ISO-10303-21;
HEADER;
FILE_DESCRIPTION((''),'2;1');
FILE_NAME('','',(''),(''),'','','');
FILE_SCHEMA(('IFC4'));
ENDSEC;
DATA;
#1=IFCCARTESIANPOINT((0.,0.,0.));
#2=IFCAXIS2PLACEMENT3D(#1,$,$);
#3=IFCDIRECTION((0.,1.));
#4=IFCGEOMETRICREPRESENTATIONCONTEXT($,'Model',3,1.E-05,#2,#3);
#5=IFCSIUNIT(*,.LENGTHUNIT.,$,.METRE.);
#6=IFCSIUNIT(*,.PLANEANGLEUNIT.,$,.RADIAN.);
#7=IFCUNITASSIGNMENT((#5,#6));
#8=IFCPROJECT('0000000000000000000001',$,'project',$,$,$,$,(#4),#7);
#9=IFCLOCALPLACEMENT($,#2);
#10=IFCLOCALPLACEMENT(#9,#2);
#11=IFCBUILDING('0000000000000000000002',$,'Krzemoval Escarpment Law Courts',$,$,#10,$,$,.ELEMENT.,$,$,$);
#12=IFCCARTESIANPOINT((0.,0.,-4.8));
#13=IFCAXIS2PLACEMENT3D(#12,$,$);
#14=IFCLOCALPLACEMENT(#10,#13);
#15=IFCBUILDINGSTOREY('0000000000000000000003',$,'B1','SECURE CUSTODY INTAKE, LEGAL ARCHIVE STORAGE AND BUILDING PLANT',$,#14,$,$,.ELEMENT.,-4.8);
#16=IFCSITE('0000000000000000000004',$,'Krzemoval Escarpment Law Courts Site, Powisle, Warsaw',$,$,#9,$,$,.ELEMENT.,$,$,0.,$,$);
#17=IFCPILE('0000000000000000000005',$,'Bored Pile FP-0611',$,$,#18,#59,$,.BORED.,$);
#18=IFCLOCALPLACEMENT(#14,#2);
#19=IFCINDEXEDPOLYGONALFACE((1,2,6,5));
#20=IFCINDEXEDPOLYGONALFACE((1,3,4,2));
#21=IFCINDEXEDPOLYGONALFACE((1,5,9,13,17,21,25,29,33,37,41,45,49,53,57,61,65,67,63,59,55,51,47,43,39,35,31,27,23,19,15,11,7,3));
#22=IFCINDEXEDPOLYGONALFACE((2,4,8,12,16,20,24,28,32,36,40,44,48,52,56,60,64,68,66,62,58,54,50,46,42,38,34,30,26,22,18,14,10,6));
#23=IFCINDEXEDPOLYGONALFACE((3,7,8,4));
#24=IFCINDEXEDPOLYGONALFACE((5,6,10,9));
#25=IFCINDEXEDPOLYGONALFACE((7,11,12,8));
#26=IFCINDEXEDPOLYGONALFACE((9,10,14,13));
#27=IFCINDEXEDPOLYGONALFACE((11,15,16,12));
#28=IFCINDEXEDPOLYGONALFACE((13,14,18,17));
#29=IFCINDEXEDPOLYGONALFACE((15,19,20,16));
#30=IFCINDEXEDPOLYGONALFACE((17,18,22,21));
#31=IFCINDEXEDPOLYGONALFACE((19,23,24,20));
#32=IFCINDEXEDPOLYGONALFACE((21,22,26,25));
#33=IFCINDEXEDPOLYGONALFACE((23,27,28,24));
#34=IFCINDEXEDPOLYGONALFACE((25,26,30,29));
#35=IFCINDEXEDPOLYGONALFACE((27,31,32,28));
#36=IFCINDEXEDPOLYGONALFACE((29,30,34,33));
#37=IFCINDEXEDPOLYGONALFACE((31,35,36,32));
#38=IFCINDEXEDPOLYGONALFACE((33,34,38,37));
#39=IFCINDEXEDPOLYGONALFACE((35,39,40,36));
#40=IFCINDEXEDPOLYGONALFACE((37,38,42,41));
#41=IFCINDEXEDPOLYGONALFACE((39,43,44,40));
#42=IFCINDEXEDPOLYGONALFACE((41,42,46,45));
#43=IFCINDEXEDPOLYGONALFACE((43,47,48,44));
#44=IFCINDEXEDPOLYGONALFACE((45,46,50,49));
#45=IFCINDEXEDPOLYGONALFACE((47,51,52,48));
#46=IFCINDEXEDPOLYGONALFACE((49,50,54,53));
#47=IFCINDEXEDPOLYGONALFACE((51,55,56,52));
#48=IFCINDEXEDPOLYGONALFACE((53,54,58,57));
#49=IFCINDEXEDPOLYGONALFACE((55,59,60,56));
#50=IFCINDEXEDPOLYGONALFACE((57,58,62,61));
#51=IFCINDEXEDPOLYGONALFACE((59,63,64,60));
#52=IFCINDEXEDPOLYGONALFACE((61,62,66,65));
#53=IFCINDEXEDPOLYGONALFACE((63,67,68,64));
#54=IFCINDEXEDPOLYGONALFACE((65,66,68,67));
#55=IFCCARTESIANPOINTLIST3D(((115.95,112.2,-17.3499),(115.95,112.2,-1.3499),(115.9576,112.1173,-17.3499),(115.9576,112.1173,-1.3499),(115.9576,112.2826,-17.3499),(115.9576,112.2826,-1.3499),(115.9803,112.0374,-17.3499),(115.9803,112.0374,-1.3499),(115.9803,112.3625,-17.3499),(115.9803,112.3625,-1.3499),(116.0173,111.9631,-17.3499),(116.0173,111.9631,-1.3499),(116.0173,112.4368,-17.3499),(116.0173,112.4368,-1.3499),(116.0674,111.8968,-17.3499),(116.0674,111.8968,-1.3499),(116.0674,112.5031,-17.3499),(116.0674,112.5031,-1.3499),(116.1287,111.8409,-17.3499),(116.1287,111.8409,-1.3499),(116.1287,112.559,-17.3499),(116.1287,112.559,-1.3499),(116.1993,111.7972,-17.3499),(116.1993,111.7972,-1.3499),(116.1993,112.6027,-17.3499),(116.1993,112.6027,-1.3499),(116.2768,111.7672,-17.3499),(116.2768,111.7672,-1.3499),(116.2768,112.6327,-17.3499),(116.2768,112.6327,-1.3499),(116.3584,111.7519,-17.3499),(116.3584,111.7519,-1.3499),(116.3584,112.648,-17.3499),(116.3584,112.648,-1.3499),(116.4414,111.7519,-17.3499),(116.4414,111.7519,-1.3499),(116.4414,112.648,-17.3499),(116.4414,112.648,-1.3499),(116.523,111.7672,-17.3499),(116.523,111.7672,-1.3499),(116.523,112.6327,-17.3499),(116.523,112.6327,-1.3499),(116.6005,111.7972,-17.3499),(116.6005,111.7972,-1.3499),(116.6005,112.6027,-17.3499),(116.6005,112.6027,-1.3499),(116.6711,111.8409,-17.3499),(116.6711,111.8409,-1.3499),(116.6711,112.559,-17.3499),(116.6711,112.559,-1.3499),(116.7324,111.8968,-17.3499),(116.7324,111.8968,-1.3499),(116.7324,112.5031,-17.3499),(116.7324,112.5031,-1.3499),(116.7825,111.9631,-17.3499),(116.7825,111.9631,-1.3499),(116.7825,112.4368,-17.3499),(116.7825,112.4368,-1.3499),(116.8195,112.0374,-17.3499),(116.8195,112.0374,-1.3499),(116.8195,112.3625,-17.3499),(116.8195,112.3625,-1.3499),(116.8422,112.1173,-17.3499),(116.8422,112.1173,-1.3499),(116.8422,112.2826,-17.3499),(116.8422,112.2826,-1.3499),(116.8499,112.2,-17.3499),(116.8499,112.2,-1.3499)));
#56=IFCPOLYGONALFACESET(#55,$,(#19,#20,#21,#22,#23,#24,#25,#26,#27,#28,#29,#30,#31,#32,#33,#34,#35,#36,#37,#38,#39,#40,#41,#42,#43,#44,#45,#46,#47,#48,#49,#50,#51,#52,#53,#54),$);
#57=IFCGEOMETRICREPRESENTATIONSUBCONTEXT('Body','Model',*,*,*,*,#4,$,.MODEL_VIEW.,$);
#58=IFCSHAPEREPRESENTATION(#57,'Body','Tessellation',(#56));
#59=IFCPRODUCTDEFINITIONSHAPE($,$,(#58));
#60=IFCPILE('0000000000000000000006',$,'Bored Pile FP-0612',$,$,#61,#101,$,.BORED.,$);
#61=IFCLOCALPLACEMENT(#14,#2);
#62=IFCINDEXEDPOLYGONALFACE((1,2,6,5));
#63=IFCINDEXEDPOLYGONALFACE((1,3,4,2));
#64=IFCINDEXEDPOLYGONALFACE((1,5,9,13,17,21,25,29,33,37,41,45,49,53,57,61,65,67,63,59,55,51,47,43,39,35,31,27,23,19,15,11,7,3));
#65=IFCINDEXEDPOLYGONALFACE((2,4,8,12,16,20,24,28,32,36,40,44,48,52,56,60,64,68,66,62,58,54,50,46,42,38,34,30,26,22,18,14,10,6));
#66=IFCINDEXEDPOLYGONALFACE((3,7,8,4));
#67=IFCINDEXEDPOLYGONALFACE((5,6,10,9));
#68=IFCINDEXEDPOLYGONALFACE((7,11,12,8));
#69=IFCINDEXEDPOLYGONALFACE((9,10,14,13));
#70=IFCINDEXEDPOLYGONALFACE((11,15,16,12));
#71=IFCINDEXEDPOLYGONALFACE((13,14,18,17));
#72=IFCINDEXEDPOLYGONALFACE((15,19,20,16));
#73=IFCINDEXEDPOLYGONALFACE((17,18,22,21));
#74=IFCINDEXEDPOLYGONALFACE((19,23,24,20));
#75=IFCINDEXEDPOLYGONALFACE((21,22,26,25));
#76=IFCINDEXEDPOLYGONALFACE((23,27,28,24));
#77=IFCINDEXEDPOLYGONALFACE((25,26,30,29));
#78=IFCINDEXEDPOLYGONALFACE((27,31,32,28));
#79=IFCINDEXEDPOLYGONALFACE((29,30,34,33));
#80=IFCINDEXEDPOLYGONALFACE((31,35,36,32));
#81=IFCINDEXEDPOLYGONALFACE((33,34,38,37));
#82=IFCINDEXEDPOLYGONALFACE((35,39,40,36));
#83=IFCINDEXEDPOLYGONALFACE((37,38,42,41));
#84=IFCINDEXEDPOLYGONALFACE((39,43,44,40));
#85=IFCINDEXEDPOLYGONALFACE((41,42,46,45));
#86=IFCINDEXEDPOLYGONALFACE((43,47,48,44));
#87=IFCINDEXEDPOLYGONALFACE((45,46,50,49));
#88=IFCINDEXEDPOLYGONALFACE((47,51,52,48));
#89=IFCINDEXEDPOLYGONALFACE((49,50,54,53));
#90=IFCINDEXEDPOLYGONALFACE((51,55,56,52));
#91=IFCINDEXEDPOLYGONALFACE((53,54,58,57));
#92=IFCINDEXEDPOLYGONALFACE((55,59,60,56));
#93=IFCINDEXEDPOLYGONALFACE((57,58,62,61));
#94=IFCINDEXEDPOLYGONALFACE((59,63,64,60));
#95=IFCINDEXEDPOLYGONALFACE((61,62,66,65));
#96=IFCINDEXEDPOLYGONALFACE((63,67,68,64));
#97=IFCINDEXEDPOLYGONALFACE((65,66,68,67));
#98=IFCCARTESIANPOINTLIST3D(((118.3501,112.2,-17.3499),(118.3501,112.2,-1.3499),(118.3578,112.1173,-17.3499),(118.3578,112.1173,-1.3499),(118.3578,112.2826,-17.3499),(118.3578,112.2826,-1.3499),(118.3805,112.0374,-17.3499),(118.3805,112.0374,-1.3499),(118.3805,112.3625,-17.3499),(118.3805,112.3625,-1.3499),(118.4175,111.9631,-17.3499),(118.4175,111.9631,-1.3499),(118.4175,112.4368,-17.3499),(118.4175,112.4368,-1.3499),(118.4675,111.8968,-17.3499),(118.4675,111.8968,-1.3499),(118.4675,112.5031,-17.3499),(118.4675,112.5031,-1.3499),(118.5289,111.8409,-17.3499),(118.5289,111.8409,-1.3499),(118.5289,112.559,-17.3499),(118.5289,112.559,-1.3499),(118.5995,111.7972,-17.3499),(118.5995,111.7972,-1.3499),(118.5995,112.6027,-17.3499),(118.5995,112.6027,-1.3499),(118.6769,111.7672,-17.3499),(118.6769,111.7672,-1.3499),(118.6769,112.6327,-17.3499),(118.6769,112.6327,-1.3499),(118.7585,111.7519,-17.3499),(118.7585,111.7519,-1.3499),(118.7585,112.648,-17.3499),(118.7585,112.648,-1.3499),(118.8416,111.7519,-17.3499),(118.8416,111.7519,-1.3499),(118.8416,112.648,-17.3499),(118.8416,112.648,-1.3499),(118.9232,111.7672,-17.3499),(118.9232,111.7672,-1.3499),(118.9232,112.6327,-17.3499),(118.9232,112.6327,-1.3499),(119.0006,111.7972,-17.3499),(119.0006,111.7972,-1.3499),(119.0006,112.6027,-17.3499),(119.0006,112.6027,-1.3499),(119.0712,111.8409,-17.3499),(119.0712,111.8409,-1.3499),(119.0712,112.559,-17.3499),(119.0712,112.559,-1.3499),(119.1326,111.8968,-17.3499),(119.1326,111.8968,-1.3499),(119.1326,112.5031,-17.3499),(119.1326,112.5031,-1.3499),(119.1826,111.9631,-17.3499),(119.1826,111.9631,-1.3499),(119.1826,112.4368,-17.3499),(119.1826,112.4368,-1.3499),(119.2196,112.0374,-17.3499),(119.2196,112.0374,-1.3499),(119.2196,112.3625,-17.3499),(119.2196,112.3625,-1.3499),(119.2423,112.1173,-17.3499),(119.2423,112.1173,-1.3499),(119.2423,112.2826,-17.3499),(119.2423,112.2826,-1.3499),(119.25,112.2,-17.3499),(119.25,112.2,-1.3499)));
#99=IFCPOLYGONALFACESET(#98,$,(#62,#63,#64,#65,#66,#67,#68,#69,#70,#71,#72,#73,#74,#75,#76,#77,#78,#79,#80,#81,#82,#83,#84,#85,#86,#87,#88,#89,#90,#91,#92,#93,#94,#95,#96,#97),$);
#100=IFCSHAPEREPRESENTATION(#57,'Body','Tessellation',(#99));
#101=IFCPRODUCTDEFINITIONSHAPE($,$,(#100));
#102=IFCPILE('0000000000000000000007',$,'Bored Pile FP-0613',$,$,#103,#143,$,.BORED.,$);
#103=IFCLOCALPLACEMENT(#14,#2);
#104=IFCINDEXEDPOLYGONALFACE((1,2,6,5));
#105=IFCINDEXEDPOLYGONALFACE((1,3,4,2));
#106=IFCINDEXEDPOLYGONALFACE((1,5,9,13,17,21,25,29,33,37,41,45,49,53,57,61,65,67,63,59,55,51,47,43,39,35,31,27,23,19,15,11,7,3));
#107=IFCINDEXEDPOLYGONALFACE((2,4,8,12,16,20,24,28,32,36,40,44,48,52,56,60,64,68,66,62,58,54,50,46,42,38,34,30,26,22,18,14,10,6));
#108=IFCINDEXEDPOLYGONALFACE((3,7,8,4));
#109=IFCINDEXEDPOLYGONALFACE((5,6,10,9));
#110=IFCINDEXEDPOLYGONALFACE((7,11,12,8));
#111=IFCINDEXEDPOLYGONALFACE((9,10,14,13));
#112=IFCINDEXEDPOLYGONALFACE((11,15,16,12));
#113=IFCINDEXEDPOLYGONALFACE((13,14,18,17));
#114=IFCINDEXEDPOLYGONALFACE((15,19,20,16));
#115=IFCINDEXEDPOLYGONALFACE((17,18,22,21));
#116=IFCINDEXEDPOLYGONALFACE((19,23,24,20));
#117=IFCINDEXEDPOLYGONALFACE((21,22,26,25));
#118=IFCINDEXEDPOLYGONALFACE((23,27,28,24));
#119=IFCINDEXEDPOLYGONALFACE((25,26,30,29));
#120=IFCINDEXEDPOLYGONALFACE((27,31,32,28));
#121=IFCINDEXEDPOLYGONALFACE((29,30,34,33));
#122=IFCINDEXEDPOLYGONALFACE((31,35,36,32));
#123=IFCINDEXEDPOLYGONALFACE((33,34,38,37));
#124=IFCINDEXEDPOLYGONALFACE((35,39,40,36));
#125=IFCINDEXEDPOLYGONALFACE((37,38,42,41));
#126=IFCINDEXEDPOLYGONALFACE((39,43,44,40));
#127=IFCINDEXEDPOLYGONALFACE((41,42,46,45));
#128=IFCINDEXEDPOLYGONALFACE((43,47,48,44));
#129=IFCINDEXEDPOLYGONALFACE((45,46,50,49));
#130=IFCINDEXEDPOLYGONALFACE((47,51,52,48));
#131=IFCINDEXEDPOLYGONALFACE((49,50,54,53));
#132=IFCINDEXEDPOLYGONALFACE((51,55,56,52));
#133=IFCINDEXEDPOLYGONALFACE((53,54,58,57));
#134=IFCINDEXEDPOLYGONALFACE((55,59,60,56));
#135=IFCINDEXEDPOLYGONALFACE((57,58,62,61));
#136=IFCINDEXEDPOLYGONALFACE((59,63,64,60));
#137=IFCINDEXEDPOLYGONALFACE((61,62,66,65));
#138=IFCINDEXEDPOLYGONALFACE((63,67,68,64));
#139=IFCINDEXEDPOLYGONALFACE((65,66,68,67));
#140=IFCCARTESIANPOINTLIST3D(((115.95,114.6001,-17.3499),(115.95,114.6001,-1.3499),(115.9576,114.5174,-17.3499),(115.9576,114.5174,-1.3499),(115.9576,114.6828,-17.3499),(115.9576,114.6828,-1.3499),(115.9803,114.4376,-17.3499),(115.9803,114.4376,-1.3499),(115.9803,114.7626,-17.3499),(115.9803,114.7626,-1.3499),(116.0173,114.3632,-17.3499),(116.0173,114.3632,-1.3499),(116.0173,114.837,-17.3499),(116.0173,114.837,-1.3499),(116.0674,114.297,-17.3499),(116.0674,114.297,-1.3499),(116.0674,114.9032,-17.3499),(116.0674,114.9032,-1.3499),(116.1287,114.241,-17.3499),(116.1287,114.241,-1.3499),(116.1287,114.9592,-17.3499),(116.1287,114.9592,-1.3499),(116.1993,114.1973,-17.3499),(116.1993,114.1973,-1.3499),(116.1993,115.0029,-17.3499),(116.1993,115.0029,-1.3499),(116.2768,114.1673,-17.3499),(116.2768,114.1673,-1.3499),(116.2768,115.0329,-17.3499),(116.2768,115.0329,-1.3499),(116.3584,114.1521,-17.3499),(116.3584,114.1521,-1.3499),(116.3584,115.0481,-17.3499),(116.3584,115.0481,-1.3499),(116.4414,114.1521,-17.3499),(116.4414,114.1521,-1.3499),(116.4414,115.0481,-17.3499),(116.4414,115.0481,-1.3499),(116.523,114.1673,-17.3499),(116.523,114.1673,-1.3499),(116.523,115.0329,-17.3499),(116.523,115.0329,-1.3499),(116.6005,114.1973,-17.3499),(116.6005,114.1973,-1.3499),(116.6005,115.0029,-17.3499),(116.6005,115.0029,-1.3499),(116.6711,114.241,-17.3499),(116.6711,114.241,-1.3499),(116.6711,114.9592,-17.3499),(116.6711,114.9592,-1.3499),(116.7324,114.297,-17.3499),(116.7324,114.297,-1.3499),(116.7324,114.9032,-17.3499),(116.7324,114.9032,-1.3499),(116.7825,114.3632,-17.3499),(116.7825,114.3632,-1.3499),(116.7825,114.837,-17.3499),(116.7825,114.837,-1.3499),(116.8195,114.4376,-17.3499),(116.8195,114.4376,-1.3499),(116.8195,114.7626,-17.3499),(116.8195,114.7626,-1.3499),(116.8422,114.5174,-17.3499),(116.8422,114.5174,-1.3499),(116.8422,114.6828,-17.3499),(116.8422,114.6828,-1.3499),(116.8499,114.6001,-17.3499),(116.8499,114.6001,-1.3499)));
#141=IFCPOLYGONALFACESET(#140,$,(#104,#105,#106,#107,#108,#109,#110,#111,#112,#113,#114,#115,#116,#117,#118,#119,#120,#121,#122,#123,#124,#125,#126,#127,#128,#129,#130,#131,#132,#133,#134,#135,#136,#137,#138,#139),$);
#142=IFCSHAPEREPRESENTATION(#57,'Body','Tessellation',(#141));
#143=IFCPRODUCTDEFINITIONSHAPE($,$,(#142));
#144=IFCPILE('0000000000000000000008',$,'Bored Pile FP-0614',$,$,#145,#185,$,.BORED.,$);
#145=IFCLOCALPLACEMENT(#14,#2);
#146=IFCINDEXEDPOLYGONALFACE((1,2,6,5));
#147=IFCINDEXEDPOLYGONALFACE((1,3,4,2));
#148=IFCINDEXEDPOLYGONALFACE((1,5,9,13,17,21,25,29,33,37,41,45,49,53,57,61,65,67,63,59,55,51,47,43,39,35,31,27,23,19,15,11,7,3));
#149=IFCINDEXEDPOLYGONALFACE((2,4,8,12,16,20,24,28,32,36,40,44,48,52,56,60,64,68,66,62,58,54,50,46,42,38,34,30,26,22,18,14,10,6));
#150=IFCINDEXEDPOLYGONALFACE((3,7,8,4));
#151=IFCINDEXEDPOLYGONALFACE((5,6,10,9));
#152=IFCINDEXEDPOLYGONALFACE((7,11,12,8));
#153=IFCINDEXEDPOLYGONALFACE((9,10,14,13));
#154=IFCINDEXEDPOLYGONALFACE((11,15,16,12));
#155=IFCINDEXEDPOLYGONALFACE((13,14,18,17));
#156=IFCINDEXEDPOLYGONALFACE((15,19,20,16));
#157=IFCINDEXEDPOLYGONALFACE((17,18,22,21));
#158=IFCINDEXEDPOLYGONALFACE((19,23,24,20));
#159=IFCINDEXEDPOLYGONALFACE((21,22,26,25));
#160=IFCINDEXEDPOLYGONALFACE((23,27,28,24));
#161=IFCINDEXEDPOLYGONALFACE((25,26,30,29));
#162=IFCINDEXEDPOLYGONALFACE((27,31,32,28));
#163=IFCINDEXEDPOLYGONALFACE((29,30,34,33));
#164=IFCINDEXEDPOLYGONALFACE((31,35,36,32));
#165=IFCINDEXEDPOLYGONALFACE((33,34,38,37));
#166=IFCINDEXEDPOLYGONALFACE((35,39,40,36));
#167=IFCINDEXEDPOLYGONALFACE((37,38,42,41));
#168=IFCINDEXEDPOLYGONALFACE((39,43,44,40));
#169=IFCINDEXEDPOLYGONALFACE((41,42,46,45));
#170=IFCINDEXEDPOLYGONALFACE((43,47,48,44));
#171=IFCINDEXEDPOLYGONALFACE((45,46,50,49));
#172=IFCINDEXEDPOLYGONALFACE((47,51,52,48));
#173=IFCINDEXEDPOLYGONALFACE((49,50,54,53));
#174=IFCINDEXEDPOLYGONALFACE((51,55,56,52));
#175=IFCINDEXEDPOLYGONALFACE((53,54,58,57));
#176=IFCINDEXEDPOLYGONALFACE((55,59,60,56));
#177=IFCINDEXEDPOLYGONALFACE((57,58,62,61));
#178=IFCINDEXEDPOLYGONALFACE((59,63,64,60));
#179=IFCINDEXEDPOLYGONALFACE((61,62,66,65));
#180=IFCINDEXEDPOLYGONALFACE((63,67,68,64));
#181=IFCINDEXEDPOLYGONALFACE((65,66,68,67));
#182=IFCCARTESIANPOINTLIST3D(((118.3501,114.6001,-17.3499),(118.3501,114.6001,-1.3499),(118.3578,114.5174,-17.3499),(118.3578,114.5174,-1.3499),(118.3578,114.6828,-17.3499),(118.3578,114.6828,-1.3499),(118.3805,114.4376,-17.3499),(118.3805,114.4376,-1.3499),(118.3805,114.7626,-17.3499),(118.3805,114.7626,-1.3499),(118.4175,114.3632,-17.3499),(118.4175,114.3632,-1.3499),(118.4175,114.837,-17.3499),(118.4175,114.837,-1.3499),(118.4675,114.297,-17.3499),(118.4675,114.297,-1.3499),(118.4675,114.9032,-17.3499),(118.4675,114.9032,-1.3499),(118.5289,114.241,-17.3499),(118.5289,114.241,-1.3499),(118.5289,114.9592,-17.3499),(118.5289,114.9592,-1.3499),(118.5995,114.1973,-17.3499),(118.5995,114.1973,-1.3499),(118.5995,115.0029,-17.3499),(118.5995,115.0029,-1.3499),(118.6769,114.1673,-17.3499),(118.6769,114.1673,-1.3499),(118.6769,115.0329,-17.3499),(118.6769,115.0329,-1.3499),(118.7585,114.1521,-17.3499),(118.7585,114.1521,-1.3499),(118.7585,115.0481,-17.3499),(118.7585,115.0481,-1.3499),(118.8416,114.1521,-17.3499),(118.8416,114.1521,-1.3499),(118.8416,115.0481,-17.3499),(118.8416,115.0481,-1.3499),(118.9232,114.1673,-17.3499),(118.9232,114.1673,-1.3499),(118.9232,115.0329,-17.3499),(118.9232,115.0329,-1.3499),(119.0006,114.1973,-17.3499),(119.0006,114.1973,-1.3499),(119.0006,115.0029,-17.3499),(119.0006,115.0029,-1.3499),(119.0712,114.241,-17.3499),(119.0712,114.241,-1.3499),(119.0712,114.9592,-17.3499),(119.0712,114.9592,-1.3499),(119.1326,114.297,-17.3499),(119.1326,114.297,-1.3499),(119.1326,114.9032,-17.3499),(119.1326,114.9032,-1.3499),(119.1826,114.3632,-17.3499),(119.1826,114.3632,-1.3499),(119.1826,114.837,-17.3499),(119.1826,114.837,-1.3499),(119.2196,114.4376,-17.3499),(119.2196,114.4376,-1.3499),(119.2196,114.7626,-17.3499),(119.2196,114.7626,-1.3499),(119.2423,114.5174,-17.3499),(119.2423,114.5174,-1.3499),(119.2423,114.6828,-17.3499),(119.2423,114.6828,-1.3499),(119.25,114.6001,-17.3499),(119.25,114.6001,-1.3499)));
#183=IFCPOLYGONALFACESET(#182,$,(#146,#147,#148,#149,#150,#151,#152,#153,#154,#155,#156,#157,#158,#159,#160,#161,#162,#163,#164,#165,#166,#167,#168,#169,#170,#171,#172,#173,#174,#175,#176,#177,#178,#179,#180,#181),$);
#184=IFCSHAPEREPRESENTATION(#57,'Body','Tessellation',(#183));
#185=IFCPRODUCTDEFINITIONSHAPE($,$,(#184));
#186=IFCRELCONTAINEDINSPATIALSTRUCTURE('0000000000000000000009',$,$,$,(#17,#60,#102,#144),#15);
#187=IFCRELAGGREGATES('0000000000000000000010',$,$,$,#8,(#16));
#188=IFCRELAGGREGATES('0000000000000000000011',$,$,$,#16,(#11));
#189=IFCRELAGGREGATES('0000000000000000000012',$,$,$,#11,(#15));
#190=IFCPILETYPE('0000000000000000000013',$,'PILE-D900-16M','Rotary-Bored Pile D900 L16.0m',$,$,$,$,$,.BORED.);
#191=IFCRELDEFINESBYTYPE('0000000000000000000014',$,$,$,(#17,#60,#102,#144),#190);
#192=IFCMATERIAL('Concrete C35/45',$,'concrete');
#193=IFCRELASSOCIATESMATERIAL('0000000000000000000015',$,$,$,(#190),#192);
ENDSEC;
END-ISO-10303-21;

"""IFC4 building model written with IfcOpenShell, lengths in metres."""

from ifc_helpers import new_model, si_unit, direction, frame, origin, origin_2d, place, context, subcontext, project, spatial, circle, extrude, material, material_profile, profile_set, type_object, element, save


model = new_model("IFC4")

# Units and contexts
model_context = context("Model", 3, precision=1e-05, world=origin(), true_north=direction((0.0, 1.0)))
body_context = subcontext(model_context, "Body", "Model", "MODEL_VIEW")
ifc_project = project(units=[si_unit("LENGTHUNIT", "METRE"), si_unit("PLANEANGLEUNIT", "RADIAN")], contexts=[model_context])

# Site, building, storey
site_placement = place(None, origin())
site = spatial("IfcSite", under=ifc_project, at=site_placement, Name="Krzemoval Escarpment Law Courts Site, Powisle, Warsaw", CompositionType="ELEMENT", RefElevation=0.0)
building_placement = place(site_placement, origin())
building = spatial("IfcBuilding", under=site, at=building_placement, Name="Krzemoval Escarpment Law Courts", CompositionType="ELEMENT")
storey_placement = place(building_placement, frame((0.0, 0.0, -4.8)))
storey = spatial("IfcBuildingStorey", under=building, at=storey_placement, Name="B1", Description="SECURE CUSTODY INTAKE, LEGAL ARCHIVE STORAGE AND BUILDING PLANT", CompositionType="ELEMENT", Elevation=-4.8)

# Piles
ifc_material_1 = material(Name="Concrete C35/45", Category="concrete")
ifc_material_profile_1 = material_profile(ifc_material_1, circle(Radius=0.45, at=origin_2d()), Name="PILE D900")
ifc_profile_set_1 = profile_set([ifc_material_profile_1], Name="Concrete C35/45")
pile_type_1 = type_object("IfcPileType", Name="PILE-D900-16M", Description="Rotary-Bored Pile D900 L16.0m", PredefinedType="BORED", material=ifc_profile_set_1)
for number, where, z_axis, x_axis, name in (
    (1, (116.3999, 112.2, -1.3499), (0.0, 0.0, -1.0), (1.0, 0.0, 0.0), "Bored Pile FP-0611"),
    (2, (118.8, 112.2, -1.3499), (0.0, 0.0, -1.0), (1.0, 0.0, 0.0), "Bored Pile FP-0612"),
    (3, (116.3999, 114.6001, -1.3499), (0.0, 0.0, -1.0), (1.0, 0.0, 0.0), "Bored Pile FP-0613"),
    (4, (118.8, 114.6001, -1.3499), (0.0, 0.0, -1.0), (1.0, 0.0, 0.0), "Bored Pile FP-0614"),
):
    element("IfcPile", number, at=place(storey_placement, frame(where, z_axis=z_axis, x_axis=x_axis)), inside=storey, type_object=pile_type_1, Name=name, PredefinedType="BORED", context=body_context, shape_type="SweptSolid", body=[
        extrude(circle(Radius=0.45, at=origin_2d()), origin(), (0.0, 0.0, 1.0), 16.0),
    ])

save(model, "model.ifc")
